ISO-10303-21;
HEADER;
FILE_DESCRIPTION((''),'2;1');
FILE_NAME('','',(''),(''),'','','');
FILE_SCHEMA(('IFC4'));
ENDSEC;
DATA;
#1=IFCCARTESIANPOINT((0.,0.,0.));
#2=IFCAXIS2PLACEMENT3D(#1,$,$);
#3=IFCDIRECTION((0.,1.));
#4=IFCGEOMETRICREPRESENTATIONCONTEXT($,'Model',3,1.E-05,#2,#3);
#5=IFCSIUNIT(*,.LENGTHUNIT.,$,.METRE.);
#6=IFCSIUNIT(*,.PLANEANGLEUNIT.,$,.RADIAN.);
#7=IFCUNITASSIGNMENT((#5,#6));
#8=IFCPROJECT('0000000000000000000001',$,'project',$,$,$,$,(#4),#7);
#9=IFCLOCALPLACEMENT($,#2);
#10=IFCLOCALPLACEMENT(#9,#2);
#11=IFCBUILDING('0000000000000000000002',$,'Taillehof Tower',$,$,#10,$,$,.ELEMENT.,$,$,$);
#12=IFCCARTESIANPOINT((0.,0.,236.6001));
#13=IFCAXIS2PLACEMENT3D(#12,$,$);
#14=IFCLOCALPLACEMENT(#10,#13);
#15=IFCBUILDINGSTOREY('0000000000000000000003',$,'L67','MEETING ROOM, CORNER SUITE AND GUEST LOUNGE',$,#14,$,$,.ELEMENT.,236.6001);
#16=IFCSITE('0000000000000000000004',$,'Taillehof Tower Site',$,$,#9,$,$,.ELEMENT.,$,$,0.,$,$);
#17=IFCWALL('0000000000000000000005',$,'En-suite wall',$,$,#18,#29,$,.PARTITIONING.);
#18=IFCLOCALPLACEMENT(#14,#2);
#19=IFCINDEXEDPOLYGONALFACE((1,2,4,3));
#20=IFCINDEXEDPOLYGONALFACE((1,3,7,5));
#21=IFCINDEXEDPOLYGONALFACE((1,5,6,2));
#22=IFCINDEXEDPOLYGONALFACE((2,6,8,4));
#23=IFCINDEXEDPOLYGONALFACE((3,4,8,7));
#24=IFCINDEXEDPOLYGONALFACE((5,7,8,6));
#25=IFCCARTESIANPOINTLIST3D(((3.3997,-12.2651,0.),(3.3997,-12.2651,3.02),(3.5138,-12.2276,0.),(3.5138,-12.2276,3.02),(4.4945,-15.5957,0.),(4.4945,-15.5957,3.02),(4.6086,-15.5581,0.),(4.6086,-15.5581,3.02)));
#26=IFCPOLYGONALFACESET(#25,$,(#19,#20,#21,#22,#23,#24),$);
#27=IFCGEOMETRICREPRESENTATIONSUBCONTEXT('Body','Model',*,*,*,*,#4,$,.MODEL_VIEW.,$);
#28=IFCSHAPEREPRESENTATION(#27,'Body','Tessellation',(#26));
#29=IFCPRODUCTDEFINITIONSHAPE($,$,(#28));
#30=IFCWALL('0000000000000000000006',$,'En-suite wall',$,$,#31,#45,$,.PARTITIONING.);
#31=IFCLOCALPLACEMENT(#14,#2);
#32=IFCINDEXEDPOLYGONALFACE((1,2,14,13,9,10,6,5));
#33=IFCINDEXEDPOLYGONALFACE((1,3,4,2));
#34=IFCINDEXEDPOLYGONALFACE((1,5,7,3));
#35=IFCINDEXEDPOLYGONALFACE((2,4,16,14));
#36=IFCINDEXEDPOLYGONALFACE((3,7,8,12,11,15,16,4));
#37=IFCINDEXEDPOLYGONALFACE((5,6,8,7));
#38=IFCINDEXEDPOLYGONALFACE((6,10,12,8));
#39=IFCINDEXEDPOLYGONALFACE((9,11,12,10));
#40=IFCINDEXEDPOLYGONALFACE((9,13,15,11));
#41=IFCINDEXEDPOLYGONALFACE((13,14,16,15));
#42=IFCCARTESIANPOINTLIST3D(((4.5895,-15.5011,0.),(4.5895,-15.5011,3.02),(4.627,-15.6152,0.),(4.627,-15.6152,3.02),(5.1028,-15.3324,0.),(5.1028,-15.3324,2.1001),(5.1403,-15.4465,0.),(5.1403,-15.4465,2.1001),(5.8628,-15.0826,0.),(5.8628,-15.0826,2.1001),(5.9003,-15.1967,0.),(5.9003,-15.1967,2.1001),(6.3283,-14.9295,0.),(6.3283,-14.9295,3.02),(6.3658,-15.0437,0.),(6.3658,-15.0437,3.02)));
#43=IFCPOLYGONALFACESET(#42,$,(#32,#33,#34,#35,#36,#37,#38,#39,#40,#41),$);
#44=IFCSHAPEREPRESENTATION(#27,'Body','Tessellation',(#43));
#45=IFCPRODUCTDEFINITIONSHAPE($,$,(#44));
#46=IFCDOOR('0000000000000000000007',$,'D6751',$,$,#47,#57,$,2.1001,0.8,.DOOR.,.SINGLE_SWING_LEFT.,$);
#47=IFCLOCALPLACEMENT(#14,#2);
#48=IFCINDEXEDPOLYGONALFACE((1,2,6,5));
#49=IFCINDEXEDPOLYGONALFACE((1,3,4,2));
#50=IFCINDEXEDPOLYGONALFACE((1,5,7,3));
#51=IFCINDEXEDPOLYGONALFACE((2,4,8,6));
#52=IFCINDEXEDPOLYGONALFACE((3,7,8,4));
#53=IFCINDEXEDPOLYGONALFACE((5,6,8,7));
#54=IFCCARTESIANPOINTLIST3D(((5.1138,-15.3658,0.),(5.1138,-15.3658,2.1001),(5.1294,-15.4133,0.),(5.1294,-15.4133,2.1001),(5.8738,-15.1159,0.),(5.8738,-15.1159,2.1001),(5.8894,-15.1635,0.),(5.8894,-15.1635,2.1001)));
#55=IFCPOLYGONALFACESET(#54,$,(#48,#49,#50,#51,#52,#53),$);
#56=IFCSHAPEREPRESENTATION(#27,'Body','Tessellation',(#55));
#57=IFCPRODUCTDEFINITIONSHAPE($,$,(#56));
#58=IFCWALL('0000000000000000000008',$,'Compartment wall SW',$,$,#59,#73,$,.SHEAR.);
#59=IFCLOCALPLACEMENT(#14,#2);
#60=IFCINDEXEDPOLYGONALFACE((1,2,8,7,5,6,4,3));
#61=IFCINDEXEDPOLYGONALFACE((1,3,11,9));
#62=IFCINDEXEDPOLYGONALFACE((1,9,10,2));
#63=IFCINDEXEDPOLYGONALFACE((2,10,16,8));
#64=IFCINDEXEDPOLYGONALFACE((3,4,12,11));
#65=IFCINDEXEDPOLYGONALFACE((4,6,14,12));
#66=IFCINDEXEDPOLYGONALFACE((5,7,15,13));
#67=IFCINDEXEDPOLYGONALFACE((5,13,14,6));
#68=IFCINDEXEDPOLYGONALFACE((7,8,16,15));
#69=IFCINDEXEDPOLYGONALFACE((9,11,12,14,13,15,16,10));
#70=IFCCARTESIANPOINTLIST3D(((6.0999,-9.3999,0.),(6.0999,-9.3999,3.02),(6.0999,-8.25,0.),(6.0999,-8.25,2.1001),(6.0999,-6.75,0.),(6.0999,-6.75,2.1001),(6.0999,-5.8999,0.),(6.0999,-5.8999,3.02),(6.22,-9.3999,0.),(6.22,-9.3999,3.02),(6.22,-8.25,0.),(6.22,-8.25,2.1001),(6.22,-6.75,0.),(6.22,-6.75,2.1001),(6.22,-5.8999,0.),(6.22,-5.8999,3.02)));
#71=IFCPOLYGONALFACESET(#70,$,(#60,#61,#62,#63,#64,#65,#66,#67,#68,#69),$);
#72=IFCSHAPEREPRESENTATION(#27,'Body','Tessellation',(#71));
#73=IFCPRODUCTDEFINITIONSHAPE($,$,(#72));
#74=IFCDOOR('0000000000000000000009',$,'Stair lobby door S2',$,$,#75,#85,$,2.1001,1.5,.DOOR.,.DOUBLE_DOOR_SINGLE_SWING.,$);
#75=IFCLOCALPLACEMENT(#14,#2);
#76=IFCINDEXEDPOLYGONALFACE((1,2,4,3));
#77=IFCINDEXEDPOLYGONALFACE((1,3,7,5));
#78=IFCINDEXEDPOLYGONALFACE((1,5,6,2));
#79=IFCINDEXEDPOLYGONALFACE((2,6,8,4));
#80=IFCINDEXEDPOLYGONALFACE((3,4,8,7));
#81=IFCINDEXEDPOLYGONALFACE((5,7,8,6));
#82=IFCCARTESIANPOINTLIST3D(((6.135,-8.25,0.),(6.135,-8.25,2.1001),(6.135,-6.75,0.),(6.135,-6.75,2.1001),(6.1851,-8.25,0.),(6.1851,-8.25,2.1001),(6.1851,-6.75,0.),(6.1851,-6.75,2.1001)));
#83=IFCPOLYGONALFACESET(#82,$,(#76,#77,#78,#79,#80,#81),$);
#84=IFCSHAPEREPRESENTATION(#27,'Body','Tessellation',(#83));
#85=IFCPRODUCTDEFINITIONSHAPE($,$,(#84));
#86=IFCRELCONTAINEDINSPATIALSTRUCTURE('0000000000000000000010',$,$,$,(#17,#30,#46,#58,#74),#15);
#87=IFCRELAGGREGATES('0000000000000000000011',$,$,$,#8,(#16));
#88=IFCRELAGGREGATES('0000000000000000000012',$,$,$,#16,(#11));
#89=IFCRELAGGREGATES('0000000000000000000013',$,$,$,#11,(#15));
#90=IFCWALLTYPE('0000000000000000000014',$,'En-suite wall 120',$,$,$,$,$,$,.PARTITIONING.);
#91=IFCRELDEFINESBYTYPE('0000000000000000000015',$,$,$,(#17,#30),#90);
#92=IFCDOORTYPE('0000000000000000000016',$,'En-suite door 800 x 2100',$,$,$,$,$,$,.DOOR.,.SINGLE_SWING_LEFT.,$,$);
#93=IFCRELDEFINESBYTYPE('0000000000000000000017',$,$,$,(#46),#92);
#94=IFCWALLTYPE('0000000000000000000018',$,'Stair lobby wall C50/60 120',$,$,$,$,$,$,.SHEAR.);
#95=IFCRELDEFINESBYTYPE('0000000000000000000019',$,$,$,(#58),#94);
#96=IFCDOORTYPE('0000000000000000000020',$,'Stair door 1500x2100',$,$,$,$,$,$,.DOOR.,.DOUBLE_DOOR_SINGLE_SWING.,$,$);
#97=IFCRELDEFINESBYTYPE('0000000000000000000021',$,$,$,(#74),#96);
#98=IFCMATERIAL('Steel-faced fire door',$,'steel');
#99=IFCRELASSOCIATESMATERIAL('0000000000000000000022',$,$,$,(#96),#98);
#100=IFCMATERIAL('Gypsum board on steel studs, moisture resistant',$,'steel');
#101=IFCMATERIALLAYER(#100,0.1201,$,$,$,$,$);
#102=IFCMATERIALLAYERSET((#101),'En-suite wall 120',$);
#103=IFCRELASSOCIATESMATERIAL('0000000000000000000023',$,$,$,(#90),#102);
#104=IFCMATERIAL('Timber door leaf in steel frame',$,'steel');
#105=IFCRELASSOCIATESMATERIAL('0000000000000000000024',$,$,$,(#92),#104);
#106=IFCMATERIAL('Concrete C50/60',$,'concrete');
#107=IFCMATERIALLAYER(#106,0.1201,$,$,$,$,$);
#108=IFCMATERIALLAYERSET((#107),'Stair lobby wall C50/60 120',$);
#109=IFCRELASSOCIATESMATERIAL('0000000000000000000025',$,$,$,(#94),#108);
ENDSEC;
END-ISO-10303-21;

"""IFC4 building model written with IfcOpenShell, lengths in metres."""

from ifc_helpers import new_model, si_unit, direction, frame, frame_2d, origin, place, context, subcontext, project, spatial, rectangle, extrude, material, layer, layer_set, type_object, element, fill, save


model = new_model("IFC4")

# Units and contexts
model_context = context("Model", 3, precision=1e-05, world=origin(), true_north=direction((0.0, 1.0)))
body_context = subcontext(model_context, "Body", "Model", "MODEL_VIEW")
ifc_project = project(units=[si_unit("LENGTHUNIT", "METRE"), si_unit("PLANEANGLEUNIT", "RADIAN")], contexts=[model_context])

# Site, building, storey
site_placement = place(None, origin())
site = spatial("IfcSite", under=ifc_project, at=site_placement, Name="Taillehof Tower Site", CompositionType="ELEMENT", RefElevation=0.0)
building_placement = place(site_placement, origin())
building = spatial("IfcBuilding", under=site, at=building_placement, Name="Taillehof Tower", CompositionType="ELEMENT")
storey_placement = place(building_placement, frame((0.0, 0.0, 236.6001)))
storey = spatial("IfcBuildingStorey", under=building, at=storey_placement, Name="L67", Description="MEETING ROOM, CORNER SUITE AND GUEST LOUNGE", CompositionType="ELEMENT", Elevation=236.6001)

# Shared definitions
ifc_material_1 = material(Name="Steel-faced fire door", Category="steel")
door_type_1 = type_object("IfcDoorType", Name="Stair door 1500x2100", OperationType="DOUBLE_DOOR_SINGLE_SWING", PredefinedType="DOOR", material=ifc_material_1)

# Wall
ifc_material_2 = material(Name="Gypsum board on steel studs, moisture resistant", Category="steel")
ifc_layer_1 = layer(ifc_material_2, 0.1201)
ifc_layer_set_1 = layer_set([ifc_layer_1], Name="En-suite wall 120")
wall_type_1 = type_object("IfcWallType", Name="En-suite wall 120", PredefinedType="PARTITIONING", material=ifc_layer_set_1)
wall_1_placement = place(storey_placement, frame((3.4568, -12.2463, 0.0), z_axis=(0.0, 0.0, 1.0), x_axis=(0.312256, -0.949998, 0.0)))
element("IfcWall", 1, at=wall_1_placement, inside=storey, type_object=wall_type_1, Name="En-suite wall", PredefinedType="PARTITIONING", context=body_context, shape_type="SweptSolid", body=[
    extrude(rectangle(XDim=3.5059, YDim=0.1201, at=frame_2d((1.7529, 0.0))), origin(), (0.0, 0.0, 1.0), 3.02),
])

# Walls, openings, doors
wall_2_placement = place(storey_placement, frame((4.6084, -15.5581, 0.0), z_axis=(0.0, 0.0, 1.0), x_axis=(0.949996, 0.312263, 0.0)))
wall_2 = element("IfcWall", 2, at=wall_2_placement, inside=storey, type_object=wall_type_1, Name="En-suite wall", PredefinedType="PARTITIONING", context=body_context, shape_type="SweptSolid", body=[
    extrude(rectangle(XDim=1.8303, YDim=0.1201, at=frame_2d((0.915, 0.0))), origin(), (0.0, 0.0, 1.0), 3.02),
])
opening_1_placement = place(wall_2_placement, frame((0.5403, 0.0, 0.0)))
opening_1 = element("IfcOpeningElement", 3, at=opening_1_placement, cuts=wall_2, PredefinedType="OPENING", context=body_context, shape_type="SweptSolid", body=[
    extrude(rectangle(XDim=0.8, YDim=2.1001, at=frame_2d((0.3999, 1.05))), frame((0.0, 0.0701, 0.0), z_axis=(0.0, -1.0, 0.0), x_axis=(1.0, 0.0, 0.0)), (0.0, 0.0, 1.0), 0.1401),
])
ifc_material_3 = material(Name="Timber door leaf in steel frame", Category="steel")
door_type_2 = type_object("IfcDoorType", Name="En-suite door 800 x 2100", OperationType="SINGLE_SWING_LEFT", PredefinedType="DOOR", material=ifc_material_3)
door_1_placement = place(opening_1_placement, origin())
door_1 = element("IfcDoor", 4, at=door_1_placement, inside=storey, type_object=door_type_2, Name="D6751", OperationType="SINGLE_SWING_LEFT", OverallHeight=2.1001, OverallWidth=0.8, PredefinedType="DOOR", context=body_context, shape_type="SweptSolid", body=[
    extrude(rectangle(XDim=0.8, YDim=2.1001, at=frame_2d((0.3999, 1.05))), frame((0.0, 0.0249, 0.0), z_axis=(0.0, -1.0, 0.0), x_axis=(1.0, 0.0, 0.0)), (0.0, 0.0, 1.0), 0.05),
])
fill(opening_1, door_1)
ifc_material_4 = material(Name="Concrete C50/60", Category="concrete")
ifc_layer_2 = layer(ifc_material_4, 0.1201)
ifc_layer_set_2 = layer_set([ifc_layer_2], Name="Stair lobby wall C50/60 120")
wall_type_2 = type_object("IfcWallType", Name="Stair lobby wall C50/60 120", PredefinedType="SHEAR", material=ifc_layer_set_2)
wall_3_placement = place(storey_placement, frame((6.1599, -9.3999, 0.0), z_axis=(0.0, 0.0, 1.0), x_axis=(0.0, 1.0, 0.0)))
wall_3 = element("IfcWall", 5, at=wall_3_placement, inside=storey, type_object=wall_type_2, Name="Compartment wall SW", PredefinedType="SHEAR", context=body_context, shape_type="SweptSolid", body=[
    extrude(rectangle(XDim=3.5, YDim=0.1201, at=frame_2d((1.75, 0.0))), origin(), (0.0, 0.0, 1.0), 3.02),
])
opening_2_placement = place(wall_3_placement, frame((1.1499, 0.0, 0.0)))
opening_2 = element("IfcOpeningElement", 6, at=opening_2_placement, cuts=wall_3, PredefinedType="OPENING", context=body_context, shape_type="SweptSolid", body=[
    extrude(rectangle(XDim=1.5, YDim=2.1001, at=frame_2d((0.75, 1.05))), frame((0.0, 0.0701, 0.0), z_axis=(0.0, -1.0, 0.0), x_axis=(1.0, 0.0, 0.0)), (0.0, 0.0, 1.0), 0.1401),
])
door_2_placement = place(opening_2_placement, origin())
door_2 = element("IfcDoor", 7, at=door_2_placement, inside=storey, type_object=door_type_1, Name="Stair lobby door S2", OperationType="DOUBLE_DOOR_SINGLE_SWING", OverallHeight=2.1001, OverallWidth=1.5, PredefinedType="DOOR", context=body_context, shape_type="SweptSolid", body=[
    extrude(rectangle(XDim=1.5, YDim=2.1001, at=frame_2d((0.75, 1.05))), frame((0.0, 0.0249, 0.0), z_axis=(0.0, -1.0, 0.0), x_axis=(1.0, 0.0, 0.0)), (0.0, 0.0, 1.0), 0.05),
])
fill(opening_2, door_2)

save(model, "model.ifc")
